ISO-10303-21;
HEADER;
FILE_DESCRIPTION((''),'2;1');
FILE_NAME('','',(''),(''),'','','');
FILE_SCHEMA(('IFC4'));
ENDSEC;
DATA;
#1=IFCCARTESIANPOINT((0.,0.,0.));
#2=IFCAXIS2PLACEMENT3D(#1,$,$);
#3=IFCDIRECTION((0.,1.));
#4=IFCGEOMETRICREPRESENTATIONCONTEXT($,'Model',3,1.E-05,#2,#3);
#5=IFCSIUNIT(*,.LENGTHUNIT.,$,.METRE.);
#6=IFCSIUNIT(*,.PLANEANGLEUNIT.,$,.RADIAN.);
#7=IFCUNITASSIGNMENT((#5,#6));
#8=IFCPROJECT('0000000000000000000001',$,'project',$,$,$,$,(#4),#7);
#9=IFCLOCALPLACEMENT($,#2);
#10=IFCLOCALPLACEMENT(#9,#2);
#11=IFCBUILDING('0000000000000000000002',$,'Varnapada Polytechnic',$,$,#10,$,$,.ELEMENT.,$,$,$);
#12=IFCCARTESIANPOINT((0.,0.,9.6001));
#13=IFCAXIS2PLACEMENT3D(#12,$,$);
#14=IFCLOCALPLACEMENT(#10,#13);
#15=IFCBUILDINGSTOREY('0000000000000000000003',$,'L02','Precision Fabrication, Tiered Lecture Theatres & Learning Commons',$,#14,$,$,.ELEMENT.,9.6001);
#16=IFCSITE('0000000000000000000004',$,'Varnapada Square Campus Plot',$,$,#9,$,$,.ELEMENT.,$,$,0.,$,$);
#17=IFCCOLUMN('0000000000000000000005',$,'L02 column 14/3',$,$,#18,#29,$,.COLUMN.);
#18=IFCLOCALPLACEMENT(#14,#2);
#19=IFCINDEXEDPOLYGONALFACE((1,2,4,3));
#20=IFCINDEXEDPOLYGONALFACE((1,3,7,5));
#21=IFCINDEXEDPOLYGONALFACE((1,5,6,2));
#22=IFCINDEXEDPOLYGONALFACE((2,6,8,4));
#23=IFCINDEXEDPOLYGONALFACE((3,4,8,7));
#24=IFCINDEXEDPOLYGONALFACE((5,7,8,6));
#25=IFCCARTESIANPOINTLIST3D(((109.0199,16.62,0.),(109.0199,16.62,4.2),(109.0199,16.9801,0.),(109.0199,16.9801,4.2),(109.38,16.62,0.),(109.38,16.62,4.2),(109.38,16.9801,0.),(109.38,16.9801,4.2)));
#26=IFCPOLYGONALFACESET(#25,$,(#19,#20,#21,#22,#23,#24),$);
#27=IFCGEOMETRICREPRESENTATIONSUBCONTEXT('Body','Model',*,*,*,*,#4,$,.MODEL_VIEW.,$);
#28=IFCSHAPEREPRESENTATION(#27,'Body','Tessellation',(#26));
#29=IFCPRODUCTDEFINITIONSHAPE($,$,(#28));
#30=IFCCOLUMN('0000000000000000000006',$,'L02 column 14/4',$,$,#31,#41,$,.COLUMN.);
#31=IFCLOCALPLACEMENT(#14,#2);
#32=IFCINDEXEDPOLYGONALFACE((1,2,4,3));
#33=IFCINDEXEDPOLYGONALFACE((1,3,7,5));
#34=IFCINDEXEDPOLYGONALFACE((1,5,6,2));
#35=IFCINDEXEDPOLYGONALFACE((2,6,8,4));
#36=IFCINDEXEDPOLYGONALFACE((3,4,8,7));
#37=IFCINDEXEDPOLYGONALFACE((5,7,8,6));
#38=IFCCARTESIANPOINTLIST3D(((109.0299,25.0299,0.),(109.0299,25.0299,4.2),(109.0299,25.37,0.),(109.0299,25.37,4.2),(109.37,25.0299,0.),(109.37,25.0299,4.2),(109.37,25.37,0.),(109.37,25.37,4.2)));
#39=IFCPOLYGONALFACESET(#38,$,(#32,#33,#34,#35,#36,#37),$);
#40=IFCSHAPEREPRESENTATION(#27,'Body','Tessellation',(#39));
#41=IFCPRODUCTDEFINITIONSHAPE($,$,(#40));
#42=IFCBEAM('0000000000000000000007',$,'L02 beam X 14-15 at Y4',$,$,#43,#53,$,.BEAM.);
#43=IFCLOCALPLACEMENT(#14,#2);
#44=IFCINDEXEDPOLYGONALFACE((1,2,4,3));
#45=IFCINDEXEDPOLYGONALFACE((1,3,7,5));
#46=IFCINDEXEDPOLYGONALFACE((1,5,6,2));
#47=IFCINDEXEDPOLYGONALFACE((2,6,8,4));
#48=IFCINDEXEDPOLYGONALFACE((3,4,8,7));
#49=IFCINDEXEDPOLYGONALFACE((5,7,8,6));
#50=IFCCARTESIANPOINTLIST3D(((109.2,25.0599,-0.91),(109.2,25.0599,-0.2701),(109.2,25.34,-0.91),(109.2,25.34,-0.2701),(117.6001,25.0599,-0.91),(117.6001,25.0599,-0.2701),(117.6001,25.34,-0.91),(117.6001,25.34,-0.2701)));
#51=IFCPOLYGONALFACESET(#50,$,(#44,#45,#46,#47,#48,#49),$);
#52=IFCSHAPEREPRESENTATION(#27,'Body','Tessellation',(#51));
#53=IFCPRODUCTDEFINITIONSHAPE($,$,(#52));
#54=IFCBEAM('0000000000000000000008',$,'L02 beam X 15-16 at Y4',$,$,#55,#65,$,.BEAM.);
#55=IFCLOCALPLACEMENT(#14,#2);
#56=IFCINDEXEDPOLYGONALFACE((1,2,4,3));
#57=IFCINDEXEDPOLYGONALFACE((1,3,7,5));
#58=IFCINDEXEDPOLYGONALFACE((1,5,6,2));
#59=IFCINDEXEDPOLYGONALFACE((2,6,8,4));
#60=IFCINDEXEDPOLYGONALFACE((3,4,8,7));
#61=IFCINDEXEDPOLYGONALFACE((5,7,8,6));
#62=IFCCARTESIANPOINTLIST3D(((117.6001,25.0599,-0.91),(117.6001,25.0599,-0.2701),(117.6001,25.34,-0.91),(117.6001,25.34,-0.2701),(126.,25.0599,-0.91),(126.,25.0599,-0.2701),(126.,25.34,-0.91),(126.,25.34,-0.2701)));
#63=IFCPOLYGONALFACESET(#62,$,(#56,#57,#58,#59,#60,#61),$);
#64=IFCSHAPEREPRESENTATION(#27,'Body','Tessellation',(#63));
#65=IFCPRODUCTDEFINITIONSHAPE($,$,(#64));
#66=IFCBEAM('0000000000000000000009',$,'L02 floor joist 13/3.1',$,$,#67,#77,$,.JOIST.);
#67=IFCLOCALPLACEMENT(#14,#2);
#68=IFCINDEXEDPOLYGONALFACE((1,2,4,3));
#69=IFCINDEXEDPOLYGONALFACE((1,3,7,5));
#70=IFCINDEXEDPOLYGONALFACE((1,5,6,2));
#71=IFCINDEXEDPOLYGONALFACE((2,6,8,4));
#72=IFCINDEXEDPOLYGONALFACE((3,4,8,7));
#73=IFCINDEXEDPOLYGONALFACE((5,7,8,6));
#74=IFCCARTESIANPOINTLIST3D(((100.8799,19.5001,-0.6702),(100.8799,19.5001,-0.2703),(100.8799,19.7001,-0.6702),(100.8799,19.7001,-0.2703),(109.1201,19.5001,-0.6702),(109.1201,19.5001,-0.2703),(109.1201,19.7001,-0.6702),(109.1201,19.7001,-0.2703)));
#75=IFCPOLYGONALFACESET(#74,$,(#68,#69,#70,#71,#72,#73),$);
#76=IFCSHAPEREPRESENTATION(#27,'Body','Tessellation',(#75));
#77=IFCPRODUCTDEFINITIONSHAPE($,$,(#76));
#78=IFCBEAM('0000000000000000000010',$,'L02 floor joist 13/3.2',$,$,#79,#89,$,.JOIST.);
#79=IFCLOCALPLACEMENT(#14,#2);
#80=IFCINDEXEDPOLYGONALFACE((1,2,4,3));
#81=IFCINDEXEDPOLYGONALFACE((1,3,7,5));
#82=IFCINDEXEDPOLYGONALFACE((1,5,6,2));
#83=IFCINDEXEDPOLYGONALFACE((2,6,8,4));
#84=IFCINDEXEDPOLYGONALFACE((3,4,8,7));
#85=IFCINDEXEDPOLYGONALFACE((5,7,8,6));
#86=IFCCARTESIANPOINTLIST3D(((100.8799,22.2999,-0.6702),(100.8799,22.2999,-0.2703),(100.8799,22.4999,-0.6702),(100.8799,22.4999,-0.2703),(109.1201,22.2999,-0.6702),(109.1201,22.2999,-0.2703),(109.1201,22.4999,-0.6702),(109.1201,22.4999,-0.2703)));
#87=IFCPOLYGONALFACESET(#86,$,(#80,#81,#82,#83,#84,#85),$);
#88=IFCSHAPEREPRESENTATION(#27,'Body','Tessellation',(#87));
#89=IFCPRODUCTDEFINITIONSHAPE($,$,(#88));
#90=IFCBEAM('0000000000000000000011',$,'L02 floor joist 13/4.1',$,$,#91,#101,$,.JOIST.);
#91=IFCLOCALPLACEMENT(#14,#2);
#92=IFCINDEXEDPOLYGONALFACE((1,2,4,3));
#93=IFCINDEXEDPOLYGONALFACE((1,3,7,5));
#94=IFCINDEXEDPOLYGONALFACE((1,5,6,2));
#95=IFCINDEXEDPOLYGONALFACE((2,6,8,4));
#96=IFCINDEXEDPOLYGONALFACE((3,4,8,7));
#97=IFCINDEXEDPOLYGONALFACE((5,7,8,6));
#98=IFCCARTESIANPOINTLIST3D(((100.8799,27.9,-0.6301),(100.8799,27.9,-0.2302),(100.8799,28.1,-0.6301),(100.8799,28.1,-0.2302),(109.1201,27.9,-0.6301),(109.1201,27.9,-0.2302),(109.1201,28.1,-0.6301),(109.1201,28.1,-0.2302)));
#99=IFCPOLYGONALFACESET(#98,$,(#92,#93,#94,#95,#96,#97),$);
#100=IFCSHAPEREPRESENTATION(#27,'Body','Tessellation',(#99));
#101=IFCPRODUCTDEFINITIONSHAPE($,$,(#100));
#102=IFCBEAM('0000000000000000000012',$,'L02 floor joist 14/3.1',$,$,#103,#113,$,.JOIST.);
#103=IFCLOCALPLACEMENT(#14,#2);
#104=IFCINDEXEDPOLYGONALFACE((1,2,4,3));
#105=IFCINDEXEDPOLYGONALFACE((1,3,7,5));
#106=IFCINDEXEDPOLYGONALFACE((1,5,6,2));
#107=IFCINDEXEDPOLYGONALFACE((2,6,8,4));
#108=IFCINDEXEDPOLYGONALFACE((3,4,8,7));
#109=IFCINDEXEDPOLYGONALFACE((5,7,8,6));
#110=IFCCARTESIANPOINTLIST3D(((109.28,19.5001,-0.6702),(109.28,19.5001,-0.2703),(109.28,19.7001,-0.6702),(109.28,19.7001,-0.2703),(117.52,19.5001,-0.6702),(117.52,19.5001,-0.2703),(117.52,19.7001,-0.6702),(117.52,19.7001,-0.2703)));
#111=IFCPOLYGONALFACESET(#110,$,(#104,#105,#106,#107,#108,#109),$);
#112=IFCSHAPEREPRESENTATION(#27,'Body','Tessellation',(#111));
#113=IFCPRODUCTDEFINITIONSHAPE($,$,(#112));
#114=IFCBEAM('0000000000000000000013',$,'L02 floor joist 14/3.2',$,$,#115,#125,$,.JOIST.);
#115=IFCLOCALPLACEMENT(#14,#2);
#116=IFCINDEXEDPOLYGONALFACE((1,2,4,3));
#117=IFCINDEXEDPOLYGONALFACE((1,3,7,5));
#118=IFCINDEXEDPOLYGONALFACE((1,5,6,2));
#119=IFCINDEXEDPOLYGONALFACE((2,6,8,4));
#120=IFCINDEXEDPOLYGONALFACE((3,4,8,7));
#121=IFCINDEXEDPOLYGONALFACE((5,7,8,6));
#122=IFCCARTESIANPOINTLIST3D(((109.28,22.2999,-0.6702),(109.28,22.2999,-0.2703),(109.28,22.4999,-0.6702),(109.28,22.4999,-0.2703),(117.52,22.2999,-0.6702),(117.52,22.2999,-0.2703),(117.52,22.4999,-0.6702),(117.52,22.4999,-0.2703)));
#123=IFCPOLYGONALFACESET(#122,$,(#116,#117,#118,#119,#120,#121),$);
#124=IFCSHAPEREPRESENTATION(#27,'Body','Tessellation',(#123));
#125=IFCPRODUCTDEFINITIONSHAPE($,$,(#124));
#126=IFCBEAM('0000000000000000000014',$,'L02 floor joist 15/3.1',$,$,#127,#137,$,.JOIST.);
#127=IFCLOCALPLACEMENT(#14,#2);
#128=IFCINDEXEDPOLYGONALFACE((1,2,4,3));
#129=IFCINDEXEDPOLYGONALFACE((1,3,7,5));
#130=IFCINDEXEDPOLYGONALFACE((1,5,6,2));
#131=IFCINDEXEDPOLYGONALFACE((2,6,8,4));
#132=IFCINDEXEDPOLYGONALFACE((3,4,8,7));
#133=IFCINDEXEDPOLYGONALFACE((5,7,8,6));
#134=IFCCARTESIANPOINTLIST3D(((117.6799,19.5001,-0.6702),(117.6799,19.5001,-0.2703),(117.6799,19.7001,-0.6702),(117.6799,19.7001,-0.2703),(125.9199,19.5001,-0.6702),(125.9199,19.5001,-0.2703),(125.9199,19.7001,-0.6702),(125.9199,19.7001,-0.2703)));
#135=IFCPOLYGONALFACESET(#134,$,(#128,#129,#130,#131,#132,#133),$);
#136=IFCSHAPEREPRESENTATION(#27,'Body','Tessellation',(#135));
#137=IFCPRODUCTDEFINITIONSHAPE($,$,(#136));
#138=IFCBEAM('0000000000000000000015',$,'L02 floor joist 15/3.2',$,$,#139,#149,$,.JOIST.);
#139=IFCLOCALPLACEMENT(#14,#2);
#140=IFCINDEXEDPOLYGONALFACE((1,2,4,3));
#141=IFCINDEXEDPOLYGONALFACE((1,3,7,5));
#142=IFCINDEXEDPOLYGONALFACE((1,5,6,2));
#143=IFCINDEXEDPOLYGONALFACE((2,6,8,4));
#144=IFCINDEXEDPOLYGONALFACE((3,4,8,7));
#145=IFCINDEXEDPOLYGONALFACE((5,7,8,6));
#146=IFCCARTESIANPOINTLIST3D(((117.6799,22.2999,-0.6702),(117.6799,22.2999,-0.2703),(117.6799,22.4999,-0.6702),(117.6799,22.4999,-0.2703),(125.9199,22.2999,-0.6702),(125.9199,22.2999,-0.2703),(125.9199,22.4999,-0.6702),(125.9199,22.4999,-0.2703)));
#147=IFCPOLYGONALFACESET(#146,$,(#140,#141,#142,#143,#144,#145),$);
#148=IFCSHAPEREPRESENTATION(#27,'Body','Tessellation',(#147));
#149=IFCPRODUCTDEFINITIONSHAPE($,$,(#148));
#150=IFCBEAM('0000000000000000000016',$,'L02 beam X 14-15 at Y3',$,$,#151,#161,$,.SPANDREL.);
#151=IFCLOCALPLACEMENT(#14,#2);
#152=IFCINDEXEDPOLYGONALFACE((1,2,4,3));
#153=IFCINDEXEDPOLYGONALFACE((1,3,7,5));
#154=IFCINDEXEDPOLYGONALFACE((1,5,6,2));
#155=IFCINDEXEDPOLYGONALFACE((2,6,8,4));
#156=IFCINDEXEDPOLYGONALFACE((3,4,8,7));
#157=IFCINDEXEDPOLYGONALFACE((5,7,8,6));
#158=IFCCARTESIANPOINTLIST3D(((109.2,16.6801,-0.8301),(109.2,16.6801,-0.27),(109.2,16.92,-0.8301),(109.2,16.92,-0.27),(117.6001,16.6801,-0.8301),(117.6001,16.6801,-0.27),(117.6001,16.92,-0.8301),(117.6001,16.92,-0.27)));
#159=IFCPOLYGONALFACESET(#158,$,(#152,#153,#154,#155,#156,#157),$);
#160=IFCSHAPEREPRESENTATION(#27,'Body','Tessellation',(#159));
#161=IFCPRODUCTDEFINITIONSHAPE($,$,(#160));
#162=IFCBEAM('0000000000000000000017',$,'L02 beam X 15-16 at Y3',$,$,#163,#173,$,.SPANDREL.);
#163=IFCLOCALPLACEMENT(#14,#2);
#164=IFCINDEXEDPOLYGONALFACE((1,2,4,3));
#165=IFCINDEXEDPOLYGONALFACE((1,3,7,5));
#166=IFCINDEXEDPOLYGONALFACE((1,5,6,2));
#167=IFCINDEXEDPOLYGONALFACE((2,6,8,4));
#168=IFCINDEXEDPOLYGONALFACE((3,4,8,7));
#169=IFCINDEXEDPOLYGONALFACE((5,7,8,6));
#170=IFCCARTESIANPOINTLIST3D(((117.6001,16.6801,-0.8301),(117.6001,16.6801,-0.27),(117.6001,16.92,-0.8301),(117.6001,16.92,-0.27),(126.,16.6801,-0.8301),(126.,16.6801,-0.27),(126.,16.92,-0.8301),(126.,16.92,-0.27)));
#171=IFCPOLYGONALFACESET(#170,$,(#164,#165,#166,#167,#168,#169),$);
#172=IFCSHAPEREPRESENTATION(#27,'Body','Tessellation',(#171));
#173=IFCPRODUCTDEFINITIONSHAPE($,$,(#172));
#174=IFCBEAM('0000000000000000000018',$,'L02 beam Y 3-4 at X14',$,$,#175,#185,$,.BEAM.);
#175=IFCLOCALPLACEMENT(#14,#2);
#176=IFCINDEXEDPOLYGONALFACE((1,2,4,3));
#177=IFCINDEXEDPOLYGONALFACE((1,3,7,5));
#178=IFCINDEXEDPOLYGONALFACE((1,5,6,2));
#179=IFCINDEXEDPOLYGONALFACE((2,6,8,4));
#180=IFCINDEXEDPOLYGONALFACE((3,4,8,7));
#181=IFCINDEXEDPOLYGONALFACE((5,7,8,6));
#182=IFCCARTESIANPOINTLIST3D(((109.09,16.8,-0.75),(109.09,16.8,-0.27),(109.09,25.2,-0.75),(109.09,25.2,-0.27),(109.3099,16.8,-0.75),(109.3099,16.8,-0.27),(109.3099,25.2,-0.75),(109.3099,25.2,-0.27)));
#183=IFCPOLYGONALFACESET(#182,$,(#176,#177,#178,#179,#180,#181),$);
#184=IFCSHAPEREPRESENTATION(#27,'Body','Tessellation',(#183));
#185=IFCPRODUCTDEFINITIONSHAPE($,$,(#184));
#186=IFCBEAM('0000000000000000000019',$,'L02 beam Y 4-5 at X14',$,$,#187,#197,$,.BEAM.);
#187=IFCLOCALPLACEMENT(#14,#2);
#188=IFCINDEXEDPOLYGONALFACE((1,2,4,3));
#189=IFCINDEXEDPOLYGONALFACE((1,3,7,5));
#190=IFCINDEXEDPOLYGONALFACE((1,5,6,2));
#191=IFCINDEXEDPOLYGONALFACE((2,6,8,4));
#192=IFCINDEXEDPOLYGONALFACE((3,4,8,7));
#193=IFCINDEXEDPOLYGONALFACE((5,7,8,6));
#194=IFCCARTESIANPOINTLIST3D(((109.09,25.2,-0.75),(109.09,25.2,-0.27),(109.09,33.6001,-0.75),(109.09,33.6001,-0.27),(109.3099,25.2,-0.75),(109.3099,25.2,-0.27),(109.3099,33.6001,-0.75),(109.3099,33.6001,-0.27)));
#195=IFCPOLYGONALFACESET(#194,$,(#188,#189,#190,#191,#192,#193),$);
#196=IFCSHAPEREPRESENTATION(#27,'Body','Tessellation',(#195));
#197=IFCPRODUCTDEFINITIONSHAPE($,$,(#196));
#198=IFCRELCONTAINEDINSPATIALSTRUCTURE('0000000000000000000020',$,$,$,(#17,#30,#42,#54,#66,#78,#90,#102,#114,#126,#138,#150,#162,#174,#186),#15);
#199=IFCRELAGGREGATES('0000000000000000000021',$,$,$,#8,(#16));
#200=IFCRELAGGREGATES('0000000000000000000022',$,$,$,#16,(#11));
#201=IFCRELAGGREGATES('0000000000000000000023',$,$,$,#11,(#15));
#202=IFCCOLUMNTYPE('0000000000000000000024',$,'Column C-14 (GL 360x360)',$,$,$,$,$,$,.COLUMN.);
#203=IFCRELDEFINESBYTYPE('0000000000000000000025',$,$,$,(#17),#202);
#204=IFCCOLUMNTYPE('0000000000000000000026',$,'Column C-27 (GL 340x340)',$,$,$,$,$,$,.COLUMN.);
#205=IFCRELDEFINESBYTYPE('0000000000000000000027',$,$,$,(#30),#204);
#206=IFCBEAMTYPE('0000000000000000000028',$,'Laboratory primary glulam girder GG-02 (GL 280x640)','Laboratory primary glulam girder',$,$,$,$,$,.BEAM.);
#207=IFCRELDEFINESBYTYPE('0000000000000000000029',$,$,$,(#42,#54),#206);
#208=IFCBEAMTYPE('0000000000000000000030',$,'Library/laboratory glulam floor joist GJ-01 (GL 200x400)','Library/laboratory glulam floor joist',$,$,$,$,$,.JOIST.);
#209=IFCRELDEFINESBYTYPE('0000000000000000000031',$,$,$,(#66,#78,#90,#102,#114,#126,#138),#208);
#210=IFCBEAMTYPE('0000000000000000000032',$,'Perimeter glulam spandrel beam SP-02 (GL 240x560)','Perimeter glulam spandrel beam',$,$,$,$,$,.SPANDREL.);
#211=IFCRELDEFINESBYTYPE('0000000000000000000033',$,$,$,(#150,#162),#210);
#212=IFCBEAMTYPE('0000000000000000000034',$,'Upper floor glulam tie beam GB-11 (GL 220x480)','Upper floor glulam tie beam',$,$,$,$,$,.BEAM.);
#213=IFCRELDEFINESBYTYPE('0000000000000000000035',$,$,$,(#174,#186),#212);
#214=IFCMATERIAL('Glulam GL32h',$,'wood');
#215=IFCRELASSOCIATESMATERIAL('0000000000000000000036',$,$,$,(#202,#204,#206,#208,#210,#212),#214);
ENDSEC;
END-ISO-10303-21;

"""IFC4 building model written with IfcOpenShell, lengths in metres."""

from ifc_helpers import new_model, si_unit, direction, frame, origin, origin_2d, place, context, subcontext, project, spatial, rectangle, extrude, material, material_profile, profile_set, type_object, element, save


model = new_model("IFC4")

# Units and contexts
model_context = context("Model", 3, precision=1e-05, world=origin(), true_north=direction((0.0, 1.0)))
body_context = subcontext(model_context, "Body", "Model", "MODEL_VIEW")
ifc_project = project(units=[si_unit("LENGTHUNIT", "METRE"), si_unit("PLANEANGLEUNIT", "RADIAN")], contexts=[model_context])

# Site, building, storey
site_placement = place(None, origin())
site = spatial("IfcSite", under=ifc_project, at=site_placement, Name="Varnapada Square Campus Plot", CompositionType="ELEMENT", RefElevation=0.0)
building_placement = place(site_placement, origin())
building = spatial("IfcBuilding", under=site, at=building_placement, Name="Varnapada Polytechnic", CompositionType="ELEMENT")
storey_placement = place(building_placement, frame((0.0, 0.0, 9.6001)))
storey = spatial("IfcBuildingStorey", under=building, at=storey_placement, Name="L02", Description="Precision Fabrication, Tiered Lecture Theatres & Learning Commons", CompositionType="ELEMENT", Elevation=9.6001)

# Columns
ifc_material_1 = material(Name="Glulam GL32h", Category="wood")
ifc_material_profile_1 = material_profile(ifc_material_1, rectangle(XDim=0.3601, YDim=0.3601, at=origin_2d()), Name="GL 360x360")
ifc_profile_set_1 = profile_set([ifc_material_profile_1], Name="Glulam GL32h")
column_type_1 = type_object("IfcColumnType", Name="Column C-14 (GL 360x360)", PredefinedType="COLUMN", material=ifc_profile_set_1)
column_1_placement = place(storey_placement, frame((109.2, 16.8, 0.0), z_axis=(0.0, 0.0, 1.0), x_axis=(1.0, 0.0, 0.0)))
element("IfcColumn", 1, at=column_1_placement, inside=storey, type_object=column_type_1, Name="L02 column 14/3", PredefinedType="COLUMN", context=body_context, shape_type="SweptSolid", body=[
    extrude(rectangle(XDim=0.3601, YDim=0.3601, at=origin_2d()), origin(), (0.0, 0.0, 1.0), 4.2),
])
ifc_material_profile_2 = material_profile(ifc_material_1, rectangle(XDim=0.3401, YDim=0.3401, at=origin_2d()), Name="GL 340x340")
ifc_profile_set_2 = profile_set([ifc_material_profile_2], Name="Glulam GL32h")
column_type_2 = type_object("IfcColumnType", Name="Column C-27 (GL 340x340)", PredefinedType="COLUMN", material=ifc_profile_set_2)
column_2_placement = place(storey_placement, frame((109.2, 25.2, 0.0), z_axis=(0.0, 0.0, 1.0), x_axis=(1.0, 0.0, 0.0)))
element("IfcColumn", 2, at=column_2_placement, inside=storey, type_object=column_type_2, Name="L02 column 14/4", PredefinedType="COLUMN", context=body_context, shape_type="SweptSolid", body=[
    extrude(rectangle(XDim=0.3401, YDim=0.3401, at=origin_2d()), origin(), (0.0, 0.0, 1.0), 4.2),
])

# Beams
ifc_material_profile_3 = material_profile(ifc_material_1, rectangle(XDim=0.28, YDim=0.6399, at=origin_2d()), Name="GL 280x640")
ifc_profile_set_3 = profile_set([ifc_material_profile_3], Name="Glulam GL32h")
beam_type_1 = type_object("IfcBeamType", Name="Laboratory primary glulam girder GG-02 (GL 280x640)", Description="Laboratory primary glulam girder", PredefinedType="BEAM", material=ifc_profile_set_3)
beam_1_placement = place(storey_placement, frame((109.2, 25.2, -0.5901), z_axis=(1.0, 0.0, 0.0), x_axis=(0.0, 1.0, 0.0)))
element("IfcBeam", 3, at=beam_1_placement, inside=storey, type_object=beam_type_1, Name="L02 beam X 14-15 at Y4", PredefinedType="BEAM", context=body_context, shape_type="SweptSolid", body=[
    extrude(rectangle(XDim=0.28, YDim=0.6399, at=origin_2d()), origin(), (0.0, 0.0, 1.0), 8.4001),
])
beam_2_placement = place(storey_placement, frame((117.6001, 25.2, -0.5901), z_axis=(1.0, 0.0, 0.0), x_axis=(0.0, 1.0, 0.0)))
element("IfcBeam", 4, at=beam_2_placement, inside=storey, type_object=beam_type_1, Name="L02 beam X 15-16 at Y4", PredefinedType="BEAM", context=body_context, shape_type="SweptSolid", body=[
    extrude(rectangle(XDim=0.28, YDim=0.6399, at=origin_2d()), origin(), (0.0, 0.0, 1.0), 8.3999),
])
ifc_material_profile_4 = material_profile(ifc_material_1, rectangle(XDim=0.2, YDim=0.3999, at=origin_2d()), Name="GL 200x400")
ifc_profile_set_4 = profile_set([ifc_material_profile_4], Name="Glulam GL32h")
beam_type_2 = type_object("IfcBeamType", Name="Library/laboratory glulam floor joist GJ-01 (GL 200x400)", Description="Library/laboratory glulam floor joist", PredefinedType="JOIST", material=ifc_profile_set_4)
for number, where, z_axis, x_axis, name in (
    (5, (100.8799, 19.6001, -0.4702), (1.0, 0.0, 0.0), (0.0, 1.0, 0.0), "L02 floor joist 13/3.1"),
    (6, (100.8799, 22.3999, -0.4702), (1.0, 0.0, 0.0), (0.0, 1.0, 0.0), "L02 floor joist 13/3.2"),
    (7, (100.8799, 28.0, -0.4302), (1.0, 0.0, 0.0), (0.0, 1.0, 0.0), "L02 floor joist 13/4.1"),
):
    element("IfcBeam", number, at=place(storey_placement, frame(where, z_axis=z_axis, x_axis=x_axis)), inside=storey, type_object=beam_type_2, Name=name, PredefinedType="JOIST", context=body_context, shape_type="SweptSolid", body=[
        extrude(rectangle(XDim=0.2, YDim=0.3999, at=origin_2d()), origin(), (0.0, 0.0, 1.0), 8.2402),
    ])
for number, where, z_axis, x_axis, name in (
    (8, (109.28, 19.6001, -0.4702), (1.0, 0.0, 0.0), (0.0, 1.0, 0.0), "L02 floor joist 14/3.1"),
    (9, (109.28, 22.3999, -0.4702), (1.0, 0.0, 0.0), (0.0, 1.0, 0.0), "L02 floor joist 14/3.2"),
    (10, (117.6799, 19.6001, -0.4702), (1.0, 0.0, 0.0), (0.0, 1.0, 0.0), "L02 floor joist 15/3.1"),
    (11, (117.6799, 22.3999, -0.4702), (1.0, 0.0, 0.0), (0.0, 1.0, 0.0), "L02 floor joist 15/3.2"),
):
    element("IfcBeam", number, at=place(storey_placement, frame(where, z_axis=z_axis, x_axis=x_axis)), inside=storey, type_object=beam_type_2, Name=name, PredefinedType="JOIST", context=body_context, shape_type="SweptSolid", body=[
        extrude(rectangle(XDim=0.2, YDim=0.3999, at=origin_2d()), origin(), (0.0, 0.0, 1.0), 8.24),
    ])
ifc_material_profile_5 = material_profile(ifc_material_1, rectangle(XDim=0.24, YDim=0.5601, at=origin_2d()), Name="GL 240x560")
ifc_profile_set_5 = profile_set([ifc_material_profile_5], Name="Glulam GL32h")
beam_type_3 = type_object("IfcBeamType", Name="Perimeter glulam spandrel beam SP-02 (GL 240x560)", Description="Perimeter glulam spandrel beam", PredefinedType="SPANDREL", material=ifc_profile_set_5)
beam_3_placement = place(storey_placement, frame((109.2, 16.8, -0.55), z_axis=(1.0, 0.0, 0.0), x_axis=(0.0, 1.0, 0.0)))
element("IfcBeam", 12, at=beam_3_placement, inside=storey, type_object=beam_type_3, Name="L02 beam X 14-15 at Y3", PredefinedType="SPANDREL", context=body_context, shape_type="SweptSolid", body=[
    extrude(rectangle(XDim=0.24, YDim=0.5601, at=origin_2d()), origin(), (0.0, 0.0, 1.0), 8.4001),
])
beam_4_placement = place(storey_placement, frame((117.6001, 16.8, -0.55), z_axis=(1.0, 0.0, 0.0), x_axis=(0.0, 1.0, 0.0)))
element("IfcBeam", 13, at=beam_4_placement, inside=storey, type_object=beam_type_3, Name="L02 beam X 15-16 at Y3", PredefinedType="SPANDREL", context=body_context, shape_type="SweptSolid", body=[
    extrude(rectangle(XDim=0.24, YDim=0.5601, at=origin_2d()), origin(), (0.0, 0.0, 1.0), 8.3999),
])
ifc_material_profile_6 = material_profile(ifc_material_1, rectangle(XDim=0.22, YDim=0.48, at=origin_2d()), Name="GL 220x480")
ifc_profile_set_6 = profile_set([ifc_material_profile_6], Name="Glulam GL32h")
beam_type_4 = type_object("IfcBeamType", Name="Upper floor glulam tie beam GB-11 (GL 220x480)", Description="Upper floor glulam tie beam", PredefinedType="BEAM", material=ifc_profile_set_6)
beam_5_placement = place(storey_placement, frame((109.2, 16.8, -0.51), z_axis=(0.0, 1.0, 0.0), x_axis=(-1.0, 0.0, 0.0)))
element("IfcBeam", 14, at=beam_5_placement, inside=storey, type_object=beam_type_4, Name="L02 beam Y 3-4 at X14", PredefinedType="BEAM", context=body_context, shape_type="SweptSolid", body=[
    extrude(rectangle(XDim=0.22, YDim=0.48, at=origin_2d()), origin(), (0.0, 0.0, 1.0), 8.3999),
])
beam_6_placement = place(storey_placement, frame((109.2, 25.2, -0.51), z_axis=(0.0, 1.0, 0.0), x_axis=(-1.0, 0.0, 0.0)))
element("IfcBeam", 15, at=beam_6_placement, inside=storey, type_object=beam_type_4, Name="L02 beam Y 4-5 at X14", PredefinedType="BEAM", context=body_context, shape_type="SweptSolid", body=[
    extrude(rectangle(XDim=0.22, YDim=0.48, at=origin_2d()), origin(), (0.0, 0.0, 1.0), 8.4001),
])

save(model, "model.ifc")
